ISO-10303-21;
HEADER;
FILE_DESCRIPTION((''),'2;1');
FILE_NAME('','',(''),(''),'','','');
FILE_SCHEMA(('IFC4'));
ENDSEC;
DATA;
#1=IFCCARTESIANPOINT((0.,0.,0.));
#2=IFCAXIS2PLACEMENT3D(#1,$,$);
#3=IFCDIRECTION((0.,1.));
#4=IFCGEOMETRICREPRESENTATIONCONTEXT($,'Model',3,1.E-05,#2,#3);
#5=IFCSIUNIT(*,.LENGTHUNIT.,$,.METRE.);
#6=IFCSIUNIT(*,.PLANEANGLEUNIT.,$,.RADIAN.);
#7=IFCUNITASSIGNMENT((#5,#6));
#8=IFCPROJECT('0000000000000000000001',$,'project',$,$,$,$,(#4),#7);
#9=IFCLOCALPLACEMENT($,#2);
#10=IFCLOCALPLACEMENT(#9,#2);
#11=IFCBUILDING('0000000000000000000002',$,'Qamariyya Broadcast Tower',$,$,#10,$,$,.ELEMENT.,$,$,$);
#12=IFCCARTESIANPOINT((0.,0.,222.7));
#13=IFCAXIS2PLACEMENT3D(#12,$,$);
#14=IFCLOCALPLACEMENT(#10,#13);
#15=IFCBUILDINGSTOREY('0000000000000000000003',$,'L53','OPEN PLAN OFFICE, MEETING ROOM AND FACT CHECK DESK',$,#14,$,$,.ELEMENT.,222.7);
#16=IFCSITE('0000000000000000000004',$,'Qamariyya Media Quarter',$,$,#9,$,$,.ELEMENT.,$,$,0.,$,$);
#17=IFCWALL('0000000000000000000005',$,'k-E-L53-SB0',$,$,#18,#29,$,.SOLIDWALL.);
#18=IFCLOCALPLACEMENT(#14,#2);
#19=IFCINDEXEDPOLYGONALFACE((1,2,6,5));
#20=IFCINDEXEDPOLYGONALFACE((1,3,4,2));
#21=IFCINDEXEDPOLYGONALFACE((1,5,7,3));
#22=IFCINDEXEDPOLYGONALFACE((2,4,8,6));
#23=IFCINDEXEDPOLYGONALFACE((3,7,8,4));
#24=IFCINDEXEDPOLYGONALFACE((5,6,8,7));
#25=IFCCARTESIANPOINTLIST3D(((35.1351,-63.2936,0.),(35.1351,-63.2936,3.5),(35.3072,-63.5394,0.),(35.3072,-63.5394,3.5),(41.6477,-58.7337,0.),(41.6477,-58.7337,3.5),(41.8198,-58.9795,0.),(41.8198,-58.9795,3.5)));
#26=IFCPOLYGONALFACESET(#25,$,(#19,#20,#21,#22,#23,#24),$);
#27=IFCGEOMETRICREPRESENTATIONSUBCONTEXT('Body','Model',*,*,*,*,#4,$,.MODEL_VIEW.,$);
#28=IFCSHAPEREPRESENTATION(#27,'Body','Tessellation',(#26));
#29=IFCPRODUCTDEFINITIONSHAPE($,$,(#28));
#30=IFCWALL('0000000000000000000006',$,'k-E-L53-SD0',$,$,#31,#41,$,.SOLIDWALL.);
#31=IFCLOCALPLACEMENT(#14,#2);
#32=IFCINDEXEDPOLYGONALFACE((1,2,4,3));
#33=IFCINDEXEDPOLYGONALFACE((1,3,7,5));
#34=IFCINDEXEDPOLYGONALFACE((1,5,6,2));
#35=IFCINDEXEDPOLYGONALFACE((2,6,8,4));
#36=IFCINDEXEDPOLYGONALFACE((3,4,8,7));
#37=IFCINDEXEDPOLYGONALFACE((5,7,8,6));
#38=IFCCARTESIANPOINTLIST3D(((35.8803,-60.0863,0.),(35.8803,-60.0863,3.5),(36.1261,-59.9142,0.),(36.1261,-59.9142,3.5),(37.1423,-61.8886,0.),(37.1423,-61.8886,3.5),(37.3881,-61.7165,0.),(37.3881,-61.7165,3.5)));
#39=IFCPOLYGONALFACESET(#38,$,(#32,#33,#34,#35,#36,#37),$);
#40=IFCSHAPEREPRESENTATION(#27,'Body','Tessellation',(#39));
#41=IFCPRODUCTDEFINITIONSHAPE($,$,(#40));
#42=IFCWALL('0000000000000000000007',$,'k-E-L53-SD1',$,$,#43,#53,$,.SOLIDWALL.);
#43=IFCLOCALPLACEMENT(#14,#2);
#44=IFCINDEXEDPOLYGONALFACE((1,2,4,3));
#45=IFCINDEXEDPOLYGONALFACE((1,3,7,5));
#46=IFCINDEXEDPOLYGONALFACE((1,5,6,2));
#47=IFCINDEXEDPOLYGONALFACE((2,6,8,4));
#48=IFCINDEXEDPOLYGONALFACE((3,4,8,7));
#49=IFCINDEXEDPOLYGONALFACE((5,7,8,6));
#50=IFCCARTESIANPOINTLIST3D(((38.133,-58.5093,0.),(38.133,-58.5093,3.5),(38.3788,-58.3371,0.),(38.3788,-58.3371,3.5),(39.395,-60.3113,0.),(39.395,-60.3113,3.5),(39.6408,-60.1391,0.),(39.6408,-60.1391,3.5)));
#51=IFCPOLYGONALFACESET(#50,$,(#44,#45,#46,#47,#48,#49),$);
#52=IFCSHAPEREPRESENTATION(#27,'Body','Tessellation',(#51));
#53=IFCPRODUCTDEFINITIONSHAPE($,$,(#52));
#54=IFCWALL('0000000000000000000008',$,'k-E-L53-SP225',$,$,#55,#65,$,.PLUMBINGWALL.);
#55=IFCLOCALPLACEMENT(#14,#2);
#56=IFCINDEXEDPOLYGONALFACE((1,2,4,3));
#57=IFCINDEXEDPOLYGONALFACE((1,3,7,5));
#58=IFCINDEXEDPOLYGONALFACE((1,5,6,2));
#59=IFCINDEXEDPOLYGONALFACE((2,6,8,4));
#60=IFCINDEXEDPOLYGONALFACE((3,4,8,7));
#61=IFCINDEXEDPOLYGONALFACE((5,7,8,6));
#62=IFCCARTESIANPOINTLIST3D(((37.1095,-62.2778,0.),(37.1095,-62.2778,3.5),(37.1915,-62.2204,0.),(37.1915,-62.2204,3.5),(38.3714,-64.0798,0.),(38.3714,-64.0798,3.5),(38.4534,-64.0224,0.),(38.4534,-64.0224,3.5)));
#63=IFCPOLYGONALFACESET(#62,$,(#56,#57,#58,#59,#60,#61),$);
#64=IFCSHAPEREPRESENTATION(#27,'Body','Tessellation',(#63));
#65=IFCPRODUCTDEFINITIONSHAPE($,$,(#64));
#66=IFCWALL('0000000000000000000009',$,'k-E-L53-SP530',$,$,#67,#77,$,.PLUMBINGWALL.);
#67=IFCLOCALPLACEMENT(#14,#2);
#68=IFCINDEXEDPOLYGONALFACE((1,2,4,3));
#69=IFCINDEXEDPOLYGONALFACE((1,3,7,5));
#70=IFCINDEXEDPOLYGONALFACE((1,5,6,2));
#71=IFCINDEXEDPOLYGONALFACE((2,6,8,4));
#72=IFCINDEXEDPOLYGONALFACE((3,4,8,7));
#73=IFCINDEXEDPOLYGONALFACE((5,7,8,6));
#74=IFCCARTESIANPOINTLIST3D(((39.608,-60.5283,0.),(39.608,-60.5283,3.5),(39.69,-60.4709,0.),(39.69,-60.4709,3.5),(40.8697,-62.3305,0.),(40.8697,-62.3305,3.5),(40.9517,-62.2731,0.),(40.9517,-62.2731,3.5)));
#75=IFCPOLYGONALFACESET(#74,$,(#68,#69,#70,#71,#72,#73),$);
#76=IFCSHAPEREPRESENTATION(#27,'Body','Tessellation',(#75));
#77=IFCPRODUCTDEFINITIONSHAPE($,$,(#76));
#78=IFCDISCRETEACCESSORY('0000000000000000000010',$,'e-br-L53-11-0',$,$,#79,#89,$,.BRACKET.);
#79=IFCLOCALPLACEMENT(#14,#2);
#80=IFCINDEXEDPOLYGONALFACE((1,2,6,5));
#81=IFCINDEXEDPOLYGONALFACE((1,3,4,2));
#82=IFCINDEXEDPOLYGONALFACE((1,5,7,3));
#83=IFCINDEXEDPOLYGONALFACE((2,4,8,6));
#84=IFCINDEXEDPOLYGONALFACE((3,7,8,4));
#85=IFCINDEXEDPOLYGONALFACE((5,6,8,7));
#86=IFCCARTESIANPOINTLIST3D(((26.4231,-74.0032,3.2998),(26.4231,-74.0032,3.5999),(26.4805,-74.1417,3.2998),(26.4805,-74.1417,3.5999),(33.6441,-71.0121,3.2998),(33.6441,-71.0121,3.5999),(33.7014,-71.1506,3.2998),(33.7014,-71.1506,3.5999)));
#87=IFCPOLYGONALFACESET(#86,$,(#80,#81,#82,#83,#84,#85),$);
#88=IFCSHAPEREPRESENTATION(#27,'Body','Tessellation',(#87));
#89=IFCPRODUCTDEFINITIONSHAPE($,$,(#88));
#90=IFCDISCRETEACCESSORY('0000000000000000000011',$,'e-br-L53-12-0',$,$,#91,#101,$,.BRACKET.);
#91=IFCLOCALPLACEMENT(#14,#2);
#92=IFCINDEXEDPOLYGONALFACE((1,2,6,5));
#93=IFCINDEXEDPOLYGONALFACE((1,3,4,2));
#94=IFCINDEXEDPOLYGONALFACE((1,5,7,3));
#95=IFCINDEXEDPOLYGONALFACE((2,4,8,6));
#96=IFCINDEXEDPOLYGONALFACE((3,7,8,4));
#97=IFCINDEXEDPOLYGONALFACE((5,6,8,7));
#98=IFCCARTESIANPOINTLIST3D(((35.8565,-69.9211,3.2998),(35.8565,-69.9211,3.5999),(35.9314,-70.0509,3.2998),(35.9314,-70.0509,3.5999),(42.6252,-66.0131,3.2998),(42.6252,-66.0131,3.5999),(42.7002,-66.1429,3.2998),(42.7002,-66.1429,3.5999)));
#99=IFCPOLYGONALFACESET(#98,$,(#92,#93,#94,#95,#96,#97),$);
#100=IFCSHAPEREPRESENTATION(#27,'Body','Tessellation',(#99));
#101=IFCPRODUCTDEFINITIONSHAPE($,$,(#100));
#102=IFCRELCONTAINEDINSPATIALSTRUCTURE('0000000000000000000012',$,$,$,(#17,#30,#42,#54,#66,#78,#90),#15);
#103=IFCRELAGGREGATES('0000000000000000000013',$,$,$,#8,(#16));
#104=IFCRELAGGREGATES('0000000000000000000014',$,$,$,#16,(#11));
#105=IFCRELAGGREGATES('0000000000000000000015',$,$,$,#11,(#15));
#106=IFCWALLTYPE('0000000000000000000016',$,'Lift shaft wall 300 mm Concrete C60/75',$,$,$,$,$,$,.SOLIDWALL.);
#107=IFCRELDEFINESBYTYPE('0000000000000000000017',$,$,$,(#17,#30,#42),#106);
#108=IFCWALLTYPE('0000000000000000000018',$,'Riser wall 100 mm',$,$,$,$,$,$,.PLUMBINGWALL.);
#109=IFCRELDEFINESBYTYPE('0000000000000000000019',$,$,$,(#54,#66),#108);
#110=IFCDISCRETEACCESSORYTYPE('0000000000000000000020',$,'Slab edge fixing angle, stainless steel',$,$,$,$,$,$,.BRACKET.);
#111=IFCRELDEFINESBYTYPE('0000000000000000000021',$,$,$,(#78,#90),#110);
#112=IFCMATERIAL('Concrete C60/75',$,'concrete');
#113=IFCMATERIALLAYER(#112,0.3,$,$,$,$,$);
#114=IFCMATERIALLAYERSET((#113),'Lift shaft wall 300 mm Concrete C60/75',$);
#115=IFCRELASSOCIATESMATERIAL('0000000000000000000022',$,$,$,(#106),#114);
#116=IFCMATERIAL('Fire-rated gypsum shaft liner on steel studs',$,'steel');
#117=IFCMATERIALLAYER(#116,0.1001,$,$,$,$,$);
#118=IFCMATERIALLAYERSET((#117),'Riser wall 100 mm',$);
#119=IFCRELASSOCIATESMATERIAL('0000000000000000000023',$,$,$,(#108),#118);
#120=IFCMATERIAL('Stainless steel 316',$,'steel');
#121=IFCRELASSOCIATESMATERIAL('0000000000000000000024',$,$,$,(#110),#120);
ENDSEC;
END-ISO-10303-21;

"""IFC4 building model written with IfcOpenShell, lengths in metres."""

from ifc_helpers import new_model, si_unit, direction, frame, frame_2d, origin, origin_2d, place, context, subcontext, project, spatial, rectangle, extrude, material, layer, layer_set, type_object, element, save


model = new_model("IFC4")

# Units and contexts
model_context = context("Model", 3, precision=1e-05, world=origin(), true_north=direction((0.0, 1.0)))
body_context = subcontext(model_context, "Body", "Model", "MODEL_VIEW")
ifc_project = project(units=[si_unit("LENGTHUNIT", "METRE"), si_unit("PLANEANGLEUNIT", "RADIAN")], contexts=[model_context])

# Site, building, storey
site_placement = place(None, origin())
site = spatial("IfcSite", under=ifc_project, at=site_placement, Name="Qamariyya Media Quarter", CompositionType="ELEMENT", RefElevation=0.0)
building_placement = place(site_placement, origin())
building = spatial("IfcBuilding", under=site, at=building_placement, Name="Qamariyya Broadcast Tower", CompositionType="ELEMENT")
storey_placement = place(building_placement, frame((0.0, 0.0, 222.7)))
storey = spatial("IfcBuildingStorey", under=building, at=storey_placement, Name="L53", Description="OPEN PLAN OFFICE, MEETING ROOM AND FACT CHECK DESK", CompositionType="ELEMENT", Elevation=222.7)

# Shared definitions
ifc_material_1 = material(Name="Concrete C60/75", Category="concrete")

# Shared definitions
ifc_layer_1 = layer(ifc_material_1, 0.3)
ifc_layer_set_1 = layer_set([ifc_layer_1], Name="Lift shaft wall 300 mm Concrete C60/75")
wall_type_1 = type_object("IfcWallType", Name="Lift shaft wall 300 mm Concrete C60/75", PredefinedType="SOLIDWALL", material=ifc_layer_set_1)

# Walls
wall_1_placement = place(storey_placement, frame((35.2212, -63.4165, 0.0), z_axis=(0.0, 0.0, 1.0), x_axis=(0.819167, 0.573555, 0.0)))
element("IfcWall", 1, at=wall_1_placement, inside=storey, type_object=wall_type_1, Name="k-E-L53-SB0", PredefinedType="SOLIDWALL", context=body_context, shape_type="SweptSolid", body=[
    extrude(rectangle(XDim=7.9502, YDim=0.3, at=frame_2d((3.9751, 0.0))), origin(), (0.0, 0.0, 1.0), 3.5),
])
wall_2_placement = place(storey_placement, frame((36.0032, -60.0002, 0.0), z_axis=(0.0, 0.0, 1.0), x_axis=(0.573581, -0.819149, 0.0)))
element("IfcWall", 2, at=wall_2_placement, inside=storey, type_object=wall_type_1, Name="k-E-L53-SD0", PredefinedType="SOLIDWALL", context=body_context, shape_type="SweptSolid", body=[
    extrude(rectangle(XDim=2.2002, YDim=0.3, at=frame_2d((1.1001, 0.0))), origin(), (0.0, 0.0, 1.0), 3.5),
])
wall_3_placement = place(storey_placement, frame((38.2559, -58.4231, 0.0), z_axis=(0.0, 0.0, 1.0), x_axis=(0.573634, -0.819112, 0.0)))
element("IfcWall", 3, at=wall_3_placement, inside=storey, type_object=wall_type_1, Name="k-E-L53-SD1", PredefinedType="SOLIDWALL", context=body_context, shape_type="SweptSolid", body=[
    extrude(rectangle(XDim=2.2, YDim=0.3, at=frame_2d((1.1001, 0.0))), origin(), (0.0, 0.0, 1.0), 3.5),
])
ifc_material_2 = material(Name="Fire-rated gypsum shaft liner on steel studs", Category="steel")
ifc_layer_2 = layer(ifc_material_2, 0.1001)
ifc_layer_set_2 = layer_set([ifc_layer_2], Name="Riser wall 100 mm")
wall_type_2 = type_object("IfcWallType", Name="Riser wall 100 mm", PredefinedType="PLUMBINGWALL", material=ifc_layer_set_2)
for number, where, z_axis, x_axis, name in (
    (4, (37.1504, -62.249, 0.0), (0.0, 0.0, 1.0), (0.573634, -0.819112, 0.0), "k-E-L53-SP225"),
    (5, (39.6489, -60.4995, 0.0), (0.0, 0.0, 1.0), (0.573507, -0.819201, 0.0), "k-E-L53-SP530"),
):
    element("IfcWall", number, at=place(storey_placement, frame(where, z_axis=z_axis, x_axis=x_axis)), inside=storey, type_object=wall_type_2, Name=name, PredefinedType="PLUMBINGWALL", context=body_context, shape_type="SweptSolid", body=[
        extrude(rectangle(XDim=2.2, YDim=0.1001, at=frame_2d((1.1001, 0.0))), origin(), (0.0, 0.0, 1.0), 3.5),
    ])

# Discrete accessories
ifc_material_3 = material(Name="Stainless steel 316", Category="steel")
discrete_accessory_type = type_object("IfcDiscreteAccessoryType", Name="Slab edge fixing angle, stainless steel", PredefinedType="BRACKET", material=ifc_material_3)
for number, where, z_axis, x_axis, name in (
    (6, (30.0623, -72.5769, 3.2998), (0.0, 0.0, 1.0), (0.92388, 0.382683, 0.0), "e-br-L53-11-0"),
    (7, (39.2783, -68.032, 3.2998), (0.0, 0.0, 1.0), (0.866025, 0.5, 0.0), "e-br-L53-12-0"),
):
    element("IfcDiscreteAccessory", number, at=place(storey_placement, frame(where, z_axis=z_axis, x_axis=x_axis)), inside=storey, type_object=discrete_accessory_type, Name=name, PredefinedType="BRACKET", context=body_context, shape_type="SweptSolid", body=[
        extrude(rectangle(XDim=7.8159, YDim=0.1499, at=origin_2d()), origin(), (0.0, 0.0, 1.0), 0.3),
    ])

save(model, "model.ifc")
